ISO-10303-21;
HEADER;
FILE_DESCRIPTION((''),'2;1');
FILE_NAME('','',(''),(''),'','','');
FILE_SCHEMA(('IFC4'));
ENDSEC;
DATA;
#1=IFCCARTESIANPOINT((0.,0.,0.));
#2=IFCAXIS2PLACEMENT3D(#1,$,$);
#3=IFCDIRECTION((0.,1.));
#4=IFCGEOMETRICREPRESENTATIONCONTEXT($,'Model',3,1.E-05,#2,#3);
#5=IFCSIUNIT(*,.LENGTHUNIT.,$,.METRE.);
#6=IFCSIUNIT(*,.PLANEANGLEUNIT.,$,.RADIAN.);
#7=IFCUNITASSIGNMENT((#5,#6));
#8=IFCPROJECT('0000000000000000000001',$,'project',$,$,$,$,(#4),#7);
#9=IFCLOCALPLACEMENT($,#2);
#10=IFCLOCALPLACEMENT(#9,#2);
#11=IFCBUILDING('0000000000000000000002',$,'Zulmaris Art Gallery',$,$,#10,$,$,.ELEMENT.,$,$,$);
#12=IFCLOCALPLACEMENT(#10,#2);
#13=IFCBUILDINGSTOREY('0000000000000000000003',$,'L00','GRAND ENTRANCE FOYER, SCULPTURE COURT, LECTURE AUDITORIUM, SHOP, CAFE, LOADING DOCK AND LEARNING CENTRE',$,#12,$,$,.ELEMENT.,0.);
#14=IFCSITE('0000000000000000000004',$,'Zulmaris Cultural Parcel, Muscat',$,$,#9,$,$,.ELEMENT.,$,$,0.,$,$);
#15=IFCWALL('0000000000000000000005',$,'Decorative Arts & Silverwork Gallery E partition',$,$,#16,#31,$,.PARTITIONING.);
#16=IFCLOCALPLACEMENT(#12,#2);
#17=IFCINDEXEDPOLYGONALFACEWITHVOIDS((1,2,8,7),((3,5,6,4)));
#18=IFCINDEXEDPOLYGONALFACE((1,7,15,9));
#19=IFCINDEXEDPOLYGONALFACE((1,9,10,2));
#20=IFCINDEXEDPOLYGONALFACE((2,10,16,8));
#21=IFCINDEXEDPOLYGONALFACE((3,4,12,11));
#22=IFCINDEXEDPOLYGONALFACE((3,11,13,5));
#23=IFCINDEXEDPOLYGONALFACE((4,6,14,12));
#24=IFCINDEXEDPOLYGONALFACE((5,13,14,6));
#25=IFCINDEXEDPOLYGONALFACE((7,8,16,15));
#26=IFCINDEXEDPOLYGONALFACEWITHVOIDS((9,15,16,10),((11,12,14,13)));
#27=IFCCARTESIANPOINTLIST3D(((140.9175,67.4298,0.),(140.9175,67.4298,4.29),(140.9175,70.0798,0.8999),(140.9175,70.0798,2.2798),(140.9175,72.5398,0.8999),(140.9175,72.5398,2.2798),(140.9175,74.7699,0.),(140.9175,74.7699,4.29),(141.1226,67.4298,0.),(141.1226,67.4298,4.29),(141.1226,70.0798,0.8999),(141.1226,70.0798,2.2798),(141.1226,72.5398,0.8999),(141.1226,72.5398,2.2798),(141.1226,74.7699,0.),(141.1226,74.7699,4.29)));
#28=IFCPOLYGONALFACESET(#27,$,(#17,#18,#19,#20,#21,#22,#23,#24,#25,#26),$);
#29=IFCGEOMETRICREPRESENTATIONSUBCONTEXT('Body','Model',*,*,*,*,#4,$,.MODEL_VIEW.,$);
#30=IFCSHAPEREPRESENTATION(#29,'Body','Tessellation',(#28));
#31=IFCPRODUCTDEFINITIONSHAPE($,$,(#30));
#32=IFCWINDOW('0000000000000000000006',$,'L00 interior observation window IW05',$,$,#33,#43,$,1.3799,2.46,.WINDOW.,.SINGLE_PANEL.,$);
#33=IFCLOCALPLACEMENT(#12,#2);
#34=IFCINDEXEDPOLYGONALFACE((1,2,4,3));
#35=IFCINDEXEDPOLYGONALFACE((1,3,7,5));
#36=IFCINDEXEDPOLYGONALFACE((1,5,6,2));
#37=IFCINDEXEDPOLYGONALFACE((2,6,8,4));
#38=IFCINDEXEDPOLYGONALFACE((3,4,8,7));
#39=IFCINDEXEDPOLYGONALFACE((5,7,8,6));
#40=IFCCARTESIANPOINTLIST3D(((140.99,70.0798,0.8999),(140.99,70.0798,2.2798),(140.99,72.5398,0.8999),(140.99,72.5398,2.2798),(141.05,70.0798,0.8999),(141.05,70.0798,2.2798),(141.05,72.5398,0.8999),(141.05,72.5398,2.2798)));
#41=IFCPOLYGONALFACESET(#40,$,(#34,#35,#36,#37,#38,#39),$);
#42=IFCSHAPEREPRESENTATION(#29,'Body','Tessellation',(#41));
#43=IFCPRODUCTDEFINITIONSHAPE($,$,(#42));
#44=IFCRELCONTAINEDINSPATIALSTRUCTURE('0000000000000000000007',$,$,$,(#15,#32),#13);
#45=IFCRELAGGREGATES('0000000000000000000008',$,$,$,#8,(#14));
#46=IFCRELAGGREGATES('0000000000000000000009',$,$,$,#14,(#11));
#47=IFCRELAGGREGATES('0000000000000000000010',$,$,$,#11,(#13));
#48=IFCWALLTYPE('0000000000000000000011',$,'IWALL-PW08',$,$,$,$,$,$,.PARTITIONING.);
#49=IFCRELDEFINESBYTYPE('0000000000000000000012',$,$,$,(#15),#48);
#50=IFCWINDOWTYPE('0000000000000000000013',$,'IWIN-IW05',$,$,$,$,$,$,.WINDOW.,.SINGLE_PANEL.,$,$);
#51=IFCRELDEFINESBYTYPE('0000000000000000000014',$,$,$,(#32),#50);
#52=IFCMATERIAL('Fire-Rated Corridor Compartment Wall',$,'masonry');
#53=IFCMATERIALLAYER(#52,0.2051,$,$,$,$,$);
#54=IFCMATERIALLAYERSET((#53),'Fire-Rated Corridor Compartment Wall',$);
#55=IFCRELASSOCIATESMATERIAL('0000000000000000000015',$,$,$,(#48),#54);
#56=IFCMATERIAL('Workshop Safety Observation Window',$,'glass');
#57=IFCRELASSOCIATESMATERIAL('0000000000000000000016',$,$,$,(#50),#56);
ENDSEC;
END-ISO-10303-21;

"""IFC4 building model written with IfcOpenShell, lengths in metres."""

from ifc_helpers import new_model, si_unit, direction, frame, frame_2d, origin, place, context, subcontext, project, spatial, rectangle, extrude, material, layer, layer_set, type_object, element, fill, save


model = new_model("IFC4")

# Units and contexts
model_context = context("Model", 3, precision=1e-05, world=origin(), true_north=direction((0.0, 1.0)))
body_context = subcontext(model_context, "Body", "Model", "MODEL_VIEW")
ifc_project = project(units=[si_unit("LENGTHUNIT", "METRE"), si_unit("PLANEANGLEUNIT", "RADIAN")], contexts=[model_context])

# Site, building, storey
site_placement = place(None, origin())
site = spatial("IfcSite", under=ifc_project, at=site_placement, Name="Zulmaris Cultural Parcel, Muscat", CompositionType="ELEMENT", RefElevation=0.0)
building_placement = place(site_placement, origin())
building = spatial("IfcBuilding", under=site, at=building_placement, Name="Zulmaris Art Gallery", CompositionType="ELEMENT")
storey_placement = place(building_placement, origin())
storey = spatial("IfcBuildingStorey", under=building, at=storey_placement, Name="L00", Description="GRAND ENTRANCE FOYER, SCULPTURE COURT, LECTURE AUDITORIUM, SHOP, CAFE, LOADING DOCK AND LEARNING CENTRE", CompositionType="ELEMENT", Elevation=0.0)

# Wall, opening, window
ifc_material_1 = material(Name="Fire-Rated Corridor Compartment Wall", Category="masonry")
ifc_layer_1 = layer(ifc_material_1, 0.2051)
ifc_layer_set_1 = layer_set([ifc_layer_1], Name="Fire-Rated Corridor Compartment Wall")
wall_type_1 = type_object("IfcWallType", Name="IWALL-PW08", PredefinedType="PARTITIONING", material=ifc_layer_set_1)
wall_1_placement = place(storey_placement, frame((141.02, 67.4299, 0.0), z_axis=(0.0, 0.0, 1.0), x_axis=(0.0, 1.0, 0.0)))
wall_1 = element("IfcWall", 1, at=wall_1_placement, inside=storey, type_object=wall_type_1, Name="Decorative Arts & Silverwork Gallery E partition", PredefinedType="PARTITIONING", context=body_context, shape_type="SweptSolid", body=[
    extrude(rectangle(XDim=7.3401, YDim=0.2051, at=frame_2d((3.6699, 0.0))), origin(), (0.0, 0.0, 1.0), 4.29),
])
opening_1_placement = place(wall_1_placement, frame((2.6499, 0.0, 0.8999)))
opening_1 = element("IfcOpeningElement", 2, at=opening_1_placement, cuts=wall_1, PredefinedType="OPENING", context=body_context, shape_type="SweptSolid", body=[
    extrude(rectangle(XDim=2.46, YDim=1.3799, at=frame_2d((1.23, 0.6899))), frame((0.0, 0.1125, 0.0), z_axis=(0.0, -1.0, 0.0), x_axis=(1.0, 0.0, 0.0)), (0.0, 0.0, 1.0), 0.2251),
])
ifc_material_2 = material(Name="Workshop Safety Observation Window", Category="glass")
window_type_1 = type_object("IfcWindowType", Name="IWIN-IW05", PartitioningType="SINGLE_PANEL", PredefinedType="WINDOW", material=ifc_material_2)
window_1_placement = place(opening_1_placement, origin())
window_1 = element("IfcWindow", 3, at=window_1_placement, inside=storey, type_object=window_type_1, Name="L00 interior observation window IW05", OverallHeight=1.3799, OverallWidth=2.46, PartitioningType="SINGLE_PANEL", PredefinedType="WINDOW", context=body_context, shape_type="SweptSolid", body=[
    extrude(rectangle(XDim=2.46, YDim=1.3799, at=frame_2d((1.23, 0.6899))), frame((0.0, 0.03, 0.0), z_axis=(0.0, -1.0, 0.0), x_axis=(1.0, 0.0, 0.0)), (0.0, 0.0, 1.0), 0.0601),
])
fill(opening_1, window_1)

save(model, "model.ifc")
